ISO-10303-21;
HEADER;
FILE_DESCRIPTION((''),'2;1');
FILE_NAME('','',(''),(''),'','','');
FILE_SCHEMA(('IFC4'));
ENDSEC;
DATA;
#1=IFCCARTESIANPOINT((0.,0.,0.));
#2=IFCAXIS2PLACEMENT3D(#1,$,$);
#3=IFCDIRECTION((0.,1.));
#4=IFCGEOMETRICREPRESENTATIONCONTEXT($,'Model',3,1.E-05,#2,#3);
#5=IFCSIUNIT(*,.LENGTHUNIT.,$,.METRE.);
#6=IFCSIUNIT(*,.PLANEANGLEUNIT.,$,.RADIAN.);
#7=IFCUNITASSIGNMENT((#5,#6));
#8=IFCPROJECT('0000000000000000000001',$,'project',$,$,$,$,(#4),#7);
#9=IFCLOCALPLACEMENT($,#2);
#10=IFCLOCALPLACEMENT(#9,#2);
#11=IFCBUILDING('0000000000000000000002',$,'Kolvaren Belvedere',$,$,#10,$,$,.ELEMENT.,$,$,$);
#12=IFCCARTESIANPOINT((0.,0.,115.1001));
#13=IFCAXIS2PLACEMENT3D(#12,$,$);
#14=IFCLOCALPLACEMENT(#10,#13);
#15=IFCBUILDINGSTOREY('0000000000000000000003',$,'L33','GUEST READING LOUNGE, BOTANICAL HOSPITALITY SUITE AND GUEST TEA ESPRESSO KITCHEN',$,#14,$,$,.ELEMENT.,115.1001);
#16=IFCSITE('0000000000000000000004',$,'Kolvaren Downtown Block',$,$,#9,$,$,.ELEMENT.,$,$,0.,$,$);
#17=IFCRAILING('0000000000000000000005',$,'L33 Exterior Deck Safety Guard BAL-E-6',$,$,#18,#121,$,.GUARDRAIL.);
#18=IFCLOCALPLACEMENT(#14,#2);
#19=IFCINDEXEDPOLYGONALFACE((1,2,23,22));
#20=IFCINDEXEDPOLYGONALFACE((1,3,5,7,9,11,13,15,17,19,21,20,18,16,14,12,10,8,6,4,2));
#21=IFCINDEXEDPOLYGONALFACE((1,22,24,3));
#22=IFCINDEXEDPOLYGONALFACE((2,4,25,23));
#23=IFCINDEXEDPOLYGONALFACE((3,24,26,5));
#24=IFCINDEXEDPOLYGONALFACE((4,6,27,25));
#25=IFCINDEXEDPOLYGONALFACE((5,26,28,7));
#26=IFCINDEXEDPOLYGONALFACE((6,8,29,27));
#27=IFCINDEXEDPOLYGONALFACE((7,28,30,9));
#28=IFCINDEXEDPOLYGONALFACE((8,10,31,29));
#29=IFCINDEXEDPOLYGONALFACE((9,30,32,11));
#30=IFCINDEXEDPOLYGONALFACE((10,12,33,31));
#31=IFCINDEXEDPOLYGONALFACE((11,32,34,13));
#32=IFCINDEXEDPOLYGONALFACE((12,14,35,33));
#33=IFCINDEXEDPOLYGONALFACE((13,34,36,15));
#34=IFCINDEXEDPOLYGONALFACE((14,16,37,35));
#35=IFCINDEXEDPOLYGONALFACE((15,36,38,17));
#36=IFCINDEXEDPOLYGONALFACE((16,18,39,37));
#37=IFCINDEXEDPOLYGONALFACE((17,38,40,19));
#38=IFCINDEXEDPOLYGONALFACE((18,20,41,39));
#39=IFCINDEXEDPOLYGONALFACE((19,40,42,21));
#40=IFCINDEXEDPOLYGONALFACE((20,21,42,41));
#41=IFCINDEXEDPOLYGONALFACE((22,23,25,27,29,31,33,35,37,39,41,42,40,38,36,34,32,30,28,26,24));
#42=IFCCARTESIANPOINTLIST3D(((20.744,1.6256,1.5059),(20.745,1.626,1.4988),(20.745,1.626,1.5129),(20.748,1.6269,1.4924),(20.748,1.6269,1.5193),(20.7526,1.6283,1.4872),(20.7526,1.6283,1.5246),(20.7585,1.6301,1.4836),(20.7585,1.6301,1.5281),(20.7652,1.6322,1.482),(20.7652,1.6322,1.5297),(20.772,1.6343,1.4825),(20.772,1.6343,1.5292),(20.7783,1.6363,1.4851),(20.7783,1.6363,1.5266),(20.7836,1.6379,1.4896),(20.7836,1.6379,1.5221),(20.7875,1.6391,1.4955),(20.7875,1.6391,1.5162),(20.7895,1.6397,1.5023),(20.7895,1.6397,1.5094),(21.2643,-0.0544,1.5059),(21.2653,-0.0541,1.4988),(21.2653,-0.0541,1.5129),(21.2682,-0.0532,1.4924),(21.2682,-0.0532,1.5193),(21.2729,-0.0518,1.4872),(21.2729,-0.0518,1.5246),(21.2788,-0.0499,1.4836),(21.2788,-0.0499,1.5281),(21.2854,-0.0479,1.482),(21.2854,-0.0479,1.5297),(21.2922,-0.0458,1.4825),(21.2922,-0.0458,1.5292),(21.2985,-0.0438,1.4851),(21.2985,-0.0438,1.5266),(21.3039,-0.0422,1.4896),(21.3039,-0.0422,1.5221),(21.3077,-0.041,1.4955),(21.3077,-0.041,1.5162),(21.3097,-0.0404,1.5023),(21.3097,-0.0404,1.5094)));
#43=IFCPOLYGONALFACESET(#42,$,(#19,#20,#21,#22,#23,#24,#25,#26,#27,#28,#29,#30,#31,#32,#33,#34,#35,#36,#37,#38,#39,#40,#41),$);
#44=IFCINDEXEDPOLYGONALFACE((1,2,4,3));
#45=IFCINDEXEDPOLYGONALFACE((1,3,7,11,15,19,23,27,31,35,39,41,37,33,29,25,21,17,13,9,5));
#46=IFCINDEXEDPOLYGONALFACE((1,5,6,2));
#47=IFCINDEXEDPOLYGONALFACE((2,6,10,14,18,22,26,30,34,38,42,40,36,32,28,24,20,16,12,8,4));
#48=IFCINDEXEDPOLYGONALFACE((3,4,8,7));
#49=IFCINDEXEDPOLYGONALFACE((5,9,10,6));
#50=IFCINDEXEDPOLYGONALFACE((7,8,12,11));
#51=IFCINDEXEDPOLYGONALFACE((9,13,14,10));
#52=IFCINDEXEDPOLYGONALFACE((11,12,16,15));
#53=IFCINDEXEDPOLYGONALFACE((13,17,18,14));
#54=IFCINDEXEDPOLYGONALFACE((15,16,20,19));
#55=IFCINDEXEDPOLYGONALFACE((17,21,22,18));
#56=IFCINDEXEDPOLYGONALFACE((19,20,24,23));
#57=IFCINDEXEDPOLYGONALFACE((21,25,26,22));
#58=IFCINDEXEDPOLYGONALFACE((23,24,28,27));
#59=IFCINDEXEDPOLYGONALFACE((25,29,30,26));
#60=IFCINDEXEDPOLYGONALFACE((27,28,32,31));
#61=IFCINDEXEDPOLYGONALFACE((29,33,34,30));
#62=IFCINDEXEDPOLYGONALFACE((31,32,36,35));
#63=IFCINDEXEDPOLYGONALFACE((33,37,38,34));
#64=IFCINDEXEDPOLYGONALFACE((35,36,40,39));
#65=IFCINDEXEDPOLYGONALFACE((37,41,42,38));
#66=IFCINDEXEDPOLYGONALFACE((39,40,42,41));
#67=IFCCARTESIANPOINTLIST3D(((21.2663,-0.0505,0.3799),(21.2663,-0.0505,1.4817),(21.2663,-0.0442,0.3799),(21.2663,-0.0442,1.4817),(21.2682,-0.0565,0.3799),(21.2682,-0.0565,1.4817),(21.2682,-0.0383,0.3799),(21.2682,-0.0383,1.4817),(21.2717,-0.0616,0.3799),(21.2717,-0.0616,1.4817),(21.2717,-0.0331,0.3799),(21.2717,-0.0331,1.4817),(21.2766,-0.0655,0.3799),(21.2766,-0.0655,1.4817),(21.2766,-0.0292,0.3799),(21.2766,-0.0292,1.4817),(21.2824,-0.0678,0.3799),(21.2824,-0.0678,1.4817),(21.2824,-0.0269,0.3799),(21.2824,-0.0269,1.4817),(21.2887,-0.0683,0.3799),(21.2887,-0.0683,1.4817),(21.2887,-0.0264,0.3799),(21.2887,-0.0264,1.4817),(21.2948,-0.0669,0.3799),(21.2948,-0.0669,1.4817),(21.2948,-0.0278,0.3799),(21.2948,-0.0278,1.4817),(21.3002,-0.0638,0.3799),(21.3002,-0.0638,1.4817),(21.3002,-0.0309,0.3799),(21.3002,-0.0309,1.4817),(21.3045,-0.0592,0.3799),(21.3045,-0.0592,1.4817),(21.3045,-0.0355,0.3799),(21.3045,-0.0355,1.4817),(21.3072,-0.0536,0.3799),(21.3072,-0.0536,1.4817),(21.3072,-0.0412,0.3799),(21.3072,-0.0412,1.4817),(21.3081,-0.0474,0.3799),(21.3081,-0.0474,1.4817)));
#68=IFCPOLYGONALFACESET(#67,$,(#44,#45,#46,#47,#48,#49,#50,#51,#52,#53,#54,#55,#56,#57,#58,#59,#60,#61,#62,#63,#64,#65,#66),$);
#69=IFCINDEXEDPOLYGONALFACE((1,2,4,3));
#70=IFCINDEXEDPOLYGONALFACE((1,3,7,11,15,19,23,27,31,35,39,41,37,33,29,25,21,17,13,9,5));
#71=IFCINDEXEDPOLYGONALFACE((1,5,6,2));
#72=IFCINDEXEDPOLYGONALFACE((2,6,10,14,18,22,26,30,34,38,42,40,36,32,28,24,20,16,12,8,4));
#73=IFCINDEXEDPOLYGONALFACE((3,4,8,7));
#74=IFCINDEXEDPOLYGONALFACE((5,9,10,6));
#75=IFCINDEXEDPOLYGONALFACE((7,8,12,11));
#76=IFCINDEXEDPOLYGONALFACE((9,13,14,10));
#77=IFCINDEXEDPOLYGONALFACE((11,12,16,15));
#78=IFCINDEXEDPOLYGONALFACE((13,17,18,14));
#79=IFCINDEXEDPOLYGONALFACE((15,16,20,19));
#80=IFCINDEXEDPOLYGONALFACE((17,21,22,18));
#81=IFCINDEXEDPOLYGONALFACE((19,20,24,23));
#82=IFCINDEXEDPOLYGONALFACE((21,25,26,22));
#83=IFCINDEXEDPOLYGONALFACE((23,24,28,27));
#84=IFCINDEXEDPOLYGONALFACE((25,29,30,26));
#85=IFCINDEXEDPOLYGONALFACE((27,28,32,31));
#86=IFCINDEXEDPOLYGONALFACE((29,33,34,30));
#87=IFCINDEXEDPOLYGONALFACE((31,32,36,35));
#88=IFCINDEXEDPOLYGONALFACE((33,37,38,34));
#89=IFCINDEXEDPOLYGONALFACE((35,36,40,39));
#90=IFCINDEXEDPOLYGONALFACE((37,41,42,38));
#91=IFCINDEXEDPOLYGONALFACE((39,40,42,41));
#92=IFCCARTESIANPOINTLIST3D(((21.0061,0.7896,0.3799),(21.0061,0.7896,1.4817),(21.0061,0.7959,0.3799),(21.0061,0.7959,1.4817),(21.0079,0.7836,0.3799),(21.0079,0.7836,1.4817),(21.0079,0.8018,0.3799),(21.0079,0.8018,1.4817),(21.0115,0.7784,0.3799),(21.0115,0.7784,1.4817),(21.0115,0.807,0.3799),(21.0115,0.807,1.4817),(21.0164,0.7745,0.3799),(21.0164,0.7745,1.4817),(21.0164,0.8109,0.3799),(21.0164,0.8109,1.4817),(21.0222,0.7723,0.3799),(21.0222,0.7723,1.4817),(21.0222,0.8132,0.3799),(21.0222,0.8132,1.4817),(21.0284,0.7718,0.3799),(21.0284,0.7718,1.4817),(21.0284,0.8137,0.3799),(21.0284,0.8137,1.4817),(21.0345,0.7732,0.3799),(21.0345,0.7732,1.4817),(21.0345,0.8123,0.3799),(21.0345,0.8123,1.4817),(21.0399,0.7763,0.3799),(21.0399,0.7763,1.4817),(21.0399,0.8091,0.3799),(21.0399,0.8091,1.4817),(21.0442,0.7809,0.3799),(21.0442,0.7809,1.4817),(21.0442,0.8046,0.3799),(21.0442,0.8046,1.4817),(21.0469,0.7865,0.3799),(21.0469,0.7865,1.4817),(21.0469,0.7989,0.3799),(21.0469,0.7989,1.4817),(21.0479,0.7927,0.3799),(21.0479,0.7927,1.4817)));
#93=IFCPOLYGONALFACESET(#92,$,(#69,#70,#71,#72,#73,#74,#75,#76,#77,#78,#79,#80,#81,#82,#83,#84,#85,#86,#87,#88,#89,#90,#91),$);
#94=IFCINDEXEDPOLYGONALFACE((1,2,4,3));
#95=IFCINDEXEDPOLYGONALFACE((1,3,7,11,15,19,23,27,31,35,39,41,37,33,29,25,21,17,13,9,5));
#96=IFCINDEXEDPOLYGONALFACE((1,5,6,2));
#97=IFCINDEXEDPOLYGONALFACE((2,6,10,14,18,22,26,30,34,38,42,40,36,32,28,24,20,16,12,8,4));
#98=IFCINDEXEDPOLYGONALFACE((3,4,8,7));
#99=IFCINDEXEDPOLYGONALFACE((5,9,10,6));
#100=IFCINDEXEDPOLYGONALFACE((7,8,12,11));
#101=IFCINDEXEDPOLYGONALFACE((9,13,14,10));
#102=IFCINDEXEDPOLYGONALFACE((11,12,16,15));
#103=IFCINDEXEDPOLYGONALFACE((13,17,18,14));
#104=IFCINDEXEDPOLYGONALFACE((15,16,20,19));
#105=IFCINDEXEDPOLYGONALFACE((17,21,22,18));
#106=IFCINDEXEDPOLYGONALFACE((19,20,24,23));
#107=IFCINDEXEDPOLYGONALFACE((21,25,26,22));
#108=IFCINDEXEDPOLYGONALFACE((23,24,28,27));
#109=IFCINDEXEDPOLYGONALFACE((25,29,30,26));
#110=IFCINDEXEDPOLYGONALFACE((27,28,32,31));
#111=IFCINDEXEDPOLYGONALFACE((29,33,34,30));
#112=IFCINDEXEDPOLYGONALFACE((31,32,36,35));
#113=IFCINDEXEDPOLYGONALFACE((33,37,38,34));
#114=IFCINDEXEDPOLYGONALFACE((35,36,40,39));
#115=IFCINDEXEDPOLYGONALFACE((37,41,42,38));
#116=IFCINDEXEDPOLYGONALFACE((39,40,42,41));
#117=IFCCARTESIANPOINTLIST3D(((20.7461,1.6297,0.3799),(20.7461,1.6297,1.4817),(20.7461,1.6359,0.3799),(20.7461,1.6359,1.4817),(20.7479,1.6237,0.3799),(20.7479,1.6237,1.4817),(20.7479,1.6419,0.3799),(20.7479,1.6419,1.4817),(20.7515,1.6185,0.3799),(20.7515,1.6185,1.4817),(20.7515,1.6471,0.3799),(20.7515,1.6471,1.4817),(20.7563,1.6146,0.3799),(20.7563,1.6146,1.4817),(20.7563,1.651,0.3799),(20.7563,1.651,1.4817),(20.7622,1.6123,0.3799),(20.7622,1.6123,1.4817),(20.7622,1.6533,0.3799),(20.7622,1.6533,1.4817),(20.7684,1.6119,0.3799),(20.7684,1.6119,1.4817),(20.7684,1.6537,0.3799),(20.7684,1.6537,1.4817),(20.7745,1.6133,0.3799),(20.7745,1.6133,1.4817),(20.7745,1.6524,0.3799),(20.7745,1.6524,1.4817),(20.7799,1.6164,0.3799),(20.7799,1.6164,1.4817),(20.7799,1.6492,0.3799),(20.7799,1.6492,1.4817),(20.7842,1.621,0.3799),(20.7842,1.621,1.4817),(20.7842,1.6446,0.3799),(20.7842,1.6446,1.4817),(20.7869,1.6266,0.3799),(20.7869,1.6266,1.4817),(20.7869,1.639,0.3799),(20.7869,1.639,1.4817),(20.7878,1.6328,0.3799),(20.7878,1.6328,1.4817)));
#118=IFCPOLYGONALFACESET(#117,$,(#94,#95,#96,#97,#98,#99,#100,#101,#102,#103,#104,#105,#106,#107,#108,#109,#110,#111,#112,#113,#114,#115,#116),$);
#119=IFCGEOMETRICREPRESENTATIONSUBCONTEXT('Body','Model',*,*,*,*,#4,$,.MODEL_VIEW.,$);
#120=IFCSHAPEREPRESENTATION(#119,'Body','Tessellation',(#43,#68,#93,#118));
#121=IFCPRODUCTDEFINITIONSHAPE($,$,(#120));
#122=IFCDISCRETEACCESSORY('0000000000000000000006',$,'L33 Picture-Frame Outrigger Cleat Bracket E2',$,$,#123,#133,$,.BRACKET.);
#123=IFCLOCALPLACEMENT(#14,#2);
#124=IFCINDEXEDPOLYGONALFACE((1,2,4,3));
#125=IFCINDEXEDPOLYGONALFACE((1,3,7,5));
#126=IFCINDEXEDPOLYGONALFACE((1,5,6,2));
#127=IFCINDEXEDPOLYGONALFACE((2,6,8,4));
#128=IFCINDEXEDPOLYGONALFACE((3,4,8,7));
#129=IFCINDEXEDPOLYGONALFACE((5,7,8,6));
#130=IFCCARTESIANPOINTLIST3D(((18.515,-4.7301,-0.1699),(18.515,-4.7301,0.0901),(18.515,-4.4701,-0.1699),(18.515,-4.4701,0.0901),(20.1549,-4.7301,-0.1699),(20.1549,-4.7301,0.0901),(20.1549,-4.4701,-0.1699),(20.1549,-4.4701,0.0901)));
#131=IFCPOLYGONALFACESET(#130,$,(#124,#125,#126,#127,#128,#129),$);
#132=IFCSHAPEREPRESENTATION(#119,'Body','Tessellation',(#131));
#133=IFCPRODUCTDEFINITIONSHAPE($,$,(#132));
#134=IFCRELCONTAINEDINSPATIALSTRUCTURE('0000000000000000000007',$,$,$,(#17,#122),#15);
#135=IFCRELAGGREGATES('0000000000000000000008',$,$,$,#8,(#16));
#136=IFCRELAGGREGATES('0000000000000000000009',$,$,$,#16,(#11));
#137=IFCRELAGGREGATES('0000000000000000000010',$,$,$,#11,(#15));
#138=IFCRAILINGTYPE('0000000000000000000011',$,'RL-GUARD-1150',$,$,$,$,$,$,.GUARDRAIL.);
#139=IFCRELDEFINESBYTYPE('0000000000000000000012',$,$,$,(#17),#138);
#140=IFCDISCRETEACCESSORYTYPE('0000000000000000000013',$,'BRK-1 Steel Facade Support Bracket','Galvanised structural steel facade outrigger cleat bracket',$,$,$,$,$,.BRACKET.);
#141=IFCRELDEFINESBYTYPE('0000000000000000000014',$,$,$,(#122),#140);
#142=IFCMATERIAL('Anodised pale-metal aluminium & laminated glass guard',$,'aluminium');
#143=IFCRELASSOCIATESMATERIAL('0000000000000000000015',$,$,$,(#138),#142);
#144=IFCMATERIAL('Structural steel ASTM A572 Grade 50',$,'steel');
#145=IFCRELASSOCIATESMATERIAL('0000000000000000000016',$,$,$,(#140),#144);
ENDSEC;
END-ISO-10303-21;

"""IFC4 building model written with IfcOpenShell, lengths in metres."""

from ifc_helpers import new_model, si_unit, direction, frame, origin, origin_2d, place, context, subcontext, project, spatial, rectangle, circle, extrude, material, type_object, element, save


model = new_model("IFC4")

# Units and contexts
model_context = context("Model", 3, precision=1e-05, world=origin(), true_north=direction((0.0, 1.0)))
body_context = subcontext(model_context, "Body", "Model", "MODEL_VIEW")
ifc_project = project(units=[si_unit("LENGTHUNIT", "METRE"), si_unit("PLANEANGLEUNIT", "RADIAN")], contexts=[model_context])

# Site, building, storey
site_placement = place(None, origin())
site = spatial("IfcSite", under=ifc_project, at=site_placement, Name="Kolvaren Downtown Block", CompositionType="ELEMENT", RefElevation=0.0)
building_placement = place(site_placement, origin())
building = spatial("IfcBuilding", under=site, at=building_placement, Name="Kolvaren Belvedere", CompositionType="ELEMENT")
storey_placement = place(building_placement, frame((0.0, 0.0, 115.1001)))
storey = spatial("IfcBuildingStorey", under=building, at=storey_placement, Name="L33", Description="GUEST READING LOUNGE, BOTANICAL HOSPITALITY SUITE AND GUEST TEA ESPRESSO KITCHEN", CompositionType="ELEMENT", Elevation=115.1001)

# Railing
ifc_material_1 = material(Name="Anodised pale-metal aluminium & laminated glass guard", Category="aluminium")
railing_type = type_object("IfcRailingType", Name="RL-GUARD-1150", PredefinedType="GUARDRAIL", material=ifc_material_1)
railing_1_placement = place(storey_placement, frame((21.2871, -0.0474, 0.3799)))
element("IfcRailing", 1, at=railing_1_placement, inside=storey, type_object=railing_type, Name="L33 Exterior Deck Safety Guard BAL-E-6", PredefinedType="GUARDRAIL", context=body_context, shape_type="SweptSolid", body=[
    extrude(circle(Radius=0.0239, at=origin_2d()), frame((0.0, 0.0, 1.126), z_axis=(-0.295792, 0.955252, 0.0), x_axis=(-0.955252, -0.295792, 0.0)), (0.0, 0.0, 1.0), 1.7588),
    extrude(circle(Radius=0.021, at=origin_2d()), origin(), (0.0, 0.0, 1.0), 1.1018),
    extrude(circle(Radius=0.021, at=origin_2d()), frame((-0.2603, 0.8401, 0.0)), (0.0, 0.0, 1.0), 1.1018),
    extrude(circle(Radius=0.021, at=origin_2d()), frame((-0.5203, 1.6802, 0.0)), (0.0, 0.0, 1.0), 1.1018),
])

# Discrete accessory
ifc_material_2 = material(Name="Structural steel ASTM A572 Grade 50", Category="steel")
discrete_accessory_type = type_object("IfcDiscreteAccessoryType", Name="BRK-1 Steel Facade Support Bracket", Description="Galvanised structural steel facade outrigger cleat bracket", PredefinedType="BRACKET", material=ifc_material_2)
discrete_accessory_placement = place(storey_placement, frame((19.335, -4.6001, -0.1699), z_axis=(0.0, 0.0, 1.0), x_axis=(1.0, 0.0, 0.0)))
element("IfcDiscreteAccessory", 2, at=discrete_accessory_placement, inside=storey, type_object=discrete_accessory_type, Name="L33 Picture-Frame Outrigger Cleat Bracket E2", PredefinedType="BRACKET", context=body_context, shape_type="SweptSolid", body=[
    extrude(rectangle(XDim=1.6399, YDim=0.26, at=origin_2d()), origin(), (0.0, 0.0, 1.0), 0.26),
])

save(model, "model.ifc")
